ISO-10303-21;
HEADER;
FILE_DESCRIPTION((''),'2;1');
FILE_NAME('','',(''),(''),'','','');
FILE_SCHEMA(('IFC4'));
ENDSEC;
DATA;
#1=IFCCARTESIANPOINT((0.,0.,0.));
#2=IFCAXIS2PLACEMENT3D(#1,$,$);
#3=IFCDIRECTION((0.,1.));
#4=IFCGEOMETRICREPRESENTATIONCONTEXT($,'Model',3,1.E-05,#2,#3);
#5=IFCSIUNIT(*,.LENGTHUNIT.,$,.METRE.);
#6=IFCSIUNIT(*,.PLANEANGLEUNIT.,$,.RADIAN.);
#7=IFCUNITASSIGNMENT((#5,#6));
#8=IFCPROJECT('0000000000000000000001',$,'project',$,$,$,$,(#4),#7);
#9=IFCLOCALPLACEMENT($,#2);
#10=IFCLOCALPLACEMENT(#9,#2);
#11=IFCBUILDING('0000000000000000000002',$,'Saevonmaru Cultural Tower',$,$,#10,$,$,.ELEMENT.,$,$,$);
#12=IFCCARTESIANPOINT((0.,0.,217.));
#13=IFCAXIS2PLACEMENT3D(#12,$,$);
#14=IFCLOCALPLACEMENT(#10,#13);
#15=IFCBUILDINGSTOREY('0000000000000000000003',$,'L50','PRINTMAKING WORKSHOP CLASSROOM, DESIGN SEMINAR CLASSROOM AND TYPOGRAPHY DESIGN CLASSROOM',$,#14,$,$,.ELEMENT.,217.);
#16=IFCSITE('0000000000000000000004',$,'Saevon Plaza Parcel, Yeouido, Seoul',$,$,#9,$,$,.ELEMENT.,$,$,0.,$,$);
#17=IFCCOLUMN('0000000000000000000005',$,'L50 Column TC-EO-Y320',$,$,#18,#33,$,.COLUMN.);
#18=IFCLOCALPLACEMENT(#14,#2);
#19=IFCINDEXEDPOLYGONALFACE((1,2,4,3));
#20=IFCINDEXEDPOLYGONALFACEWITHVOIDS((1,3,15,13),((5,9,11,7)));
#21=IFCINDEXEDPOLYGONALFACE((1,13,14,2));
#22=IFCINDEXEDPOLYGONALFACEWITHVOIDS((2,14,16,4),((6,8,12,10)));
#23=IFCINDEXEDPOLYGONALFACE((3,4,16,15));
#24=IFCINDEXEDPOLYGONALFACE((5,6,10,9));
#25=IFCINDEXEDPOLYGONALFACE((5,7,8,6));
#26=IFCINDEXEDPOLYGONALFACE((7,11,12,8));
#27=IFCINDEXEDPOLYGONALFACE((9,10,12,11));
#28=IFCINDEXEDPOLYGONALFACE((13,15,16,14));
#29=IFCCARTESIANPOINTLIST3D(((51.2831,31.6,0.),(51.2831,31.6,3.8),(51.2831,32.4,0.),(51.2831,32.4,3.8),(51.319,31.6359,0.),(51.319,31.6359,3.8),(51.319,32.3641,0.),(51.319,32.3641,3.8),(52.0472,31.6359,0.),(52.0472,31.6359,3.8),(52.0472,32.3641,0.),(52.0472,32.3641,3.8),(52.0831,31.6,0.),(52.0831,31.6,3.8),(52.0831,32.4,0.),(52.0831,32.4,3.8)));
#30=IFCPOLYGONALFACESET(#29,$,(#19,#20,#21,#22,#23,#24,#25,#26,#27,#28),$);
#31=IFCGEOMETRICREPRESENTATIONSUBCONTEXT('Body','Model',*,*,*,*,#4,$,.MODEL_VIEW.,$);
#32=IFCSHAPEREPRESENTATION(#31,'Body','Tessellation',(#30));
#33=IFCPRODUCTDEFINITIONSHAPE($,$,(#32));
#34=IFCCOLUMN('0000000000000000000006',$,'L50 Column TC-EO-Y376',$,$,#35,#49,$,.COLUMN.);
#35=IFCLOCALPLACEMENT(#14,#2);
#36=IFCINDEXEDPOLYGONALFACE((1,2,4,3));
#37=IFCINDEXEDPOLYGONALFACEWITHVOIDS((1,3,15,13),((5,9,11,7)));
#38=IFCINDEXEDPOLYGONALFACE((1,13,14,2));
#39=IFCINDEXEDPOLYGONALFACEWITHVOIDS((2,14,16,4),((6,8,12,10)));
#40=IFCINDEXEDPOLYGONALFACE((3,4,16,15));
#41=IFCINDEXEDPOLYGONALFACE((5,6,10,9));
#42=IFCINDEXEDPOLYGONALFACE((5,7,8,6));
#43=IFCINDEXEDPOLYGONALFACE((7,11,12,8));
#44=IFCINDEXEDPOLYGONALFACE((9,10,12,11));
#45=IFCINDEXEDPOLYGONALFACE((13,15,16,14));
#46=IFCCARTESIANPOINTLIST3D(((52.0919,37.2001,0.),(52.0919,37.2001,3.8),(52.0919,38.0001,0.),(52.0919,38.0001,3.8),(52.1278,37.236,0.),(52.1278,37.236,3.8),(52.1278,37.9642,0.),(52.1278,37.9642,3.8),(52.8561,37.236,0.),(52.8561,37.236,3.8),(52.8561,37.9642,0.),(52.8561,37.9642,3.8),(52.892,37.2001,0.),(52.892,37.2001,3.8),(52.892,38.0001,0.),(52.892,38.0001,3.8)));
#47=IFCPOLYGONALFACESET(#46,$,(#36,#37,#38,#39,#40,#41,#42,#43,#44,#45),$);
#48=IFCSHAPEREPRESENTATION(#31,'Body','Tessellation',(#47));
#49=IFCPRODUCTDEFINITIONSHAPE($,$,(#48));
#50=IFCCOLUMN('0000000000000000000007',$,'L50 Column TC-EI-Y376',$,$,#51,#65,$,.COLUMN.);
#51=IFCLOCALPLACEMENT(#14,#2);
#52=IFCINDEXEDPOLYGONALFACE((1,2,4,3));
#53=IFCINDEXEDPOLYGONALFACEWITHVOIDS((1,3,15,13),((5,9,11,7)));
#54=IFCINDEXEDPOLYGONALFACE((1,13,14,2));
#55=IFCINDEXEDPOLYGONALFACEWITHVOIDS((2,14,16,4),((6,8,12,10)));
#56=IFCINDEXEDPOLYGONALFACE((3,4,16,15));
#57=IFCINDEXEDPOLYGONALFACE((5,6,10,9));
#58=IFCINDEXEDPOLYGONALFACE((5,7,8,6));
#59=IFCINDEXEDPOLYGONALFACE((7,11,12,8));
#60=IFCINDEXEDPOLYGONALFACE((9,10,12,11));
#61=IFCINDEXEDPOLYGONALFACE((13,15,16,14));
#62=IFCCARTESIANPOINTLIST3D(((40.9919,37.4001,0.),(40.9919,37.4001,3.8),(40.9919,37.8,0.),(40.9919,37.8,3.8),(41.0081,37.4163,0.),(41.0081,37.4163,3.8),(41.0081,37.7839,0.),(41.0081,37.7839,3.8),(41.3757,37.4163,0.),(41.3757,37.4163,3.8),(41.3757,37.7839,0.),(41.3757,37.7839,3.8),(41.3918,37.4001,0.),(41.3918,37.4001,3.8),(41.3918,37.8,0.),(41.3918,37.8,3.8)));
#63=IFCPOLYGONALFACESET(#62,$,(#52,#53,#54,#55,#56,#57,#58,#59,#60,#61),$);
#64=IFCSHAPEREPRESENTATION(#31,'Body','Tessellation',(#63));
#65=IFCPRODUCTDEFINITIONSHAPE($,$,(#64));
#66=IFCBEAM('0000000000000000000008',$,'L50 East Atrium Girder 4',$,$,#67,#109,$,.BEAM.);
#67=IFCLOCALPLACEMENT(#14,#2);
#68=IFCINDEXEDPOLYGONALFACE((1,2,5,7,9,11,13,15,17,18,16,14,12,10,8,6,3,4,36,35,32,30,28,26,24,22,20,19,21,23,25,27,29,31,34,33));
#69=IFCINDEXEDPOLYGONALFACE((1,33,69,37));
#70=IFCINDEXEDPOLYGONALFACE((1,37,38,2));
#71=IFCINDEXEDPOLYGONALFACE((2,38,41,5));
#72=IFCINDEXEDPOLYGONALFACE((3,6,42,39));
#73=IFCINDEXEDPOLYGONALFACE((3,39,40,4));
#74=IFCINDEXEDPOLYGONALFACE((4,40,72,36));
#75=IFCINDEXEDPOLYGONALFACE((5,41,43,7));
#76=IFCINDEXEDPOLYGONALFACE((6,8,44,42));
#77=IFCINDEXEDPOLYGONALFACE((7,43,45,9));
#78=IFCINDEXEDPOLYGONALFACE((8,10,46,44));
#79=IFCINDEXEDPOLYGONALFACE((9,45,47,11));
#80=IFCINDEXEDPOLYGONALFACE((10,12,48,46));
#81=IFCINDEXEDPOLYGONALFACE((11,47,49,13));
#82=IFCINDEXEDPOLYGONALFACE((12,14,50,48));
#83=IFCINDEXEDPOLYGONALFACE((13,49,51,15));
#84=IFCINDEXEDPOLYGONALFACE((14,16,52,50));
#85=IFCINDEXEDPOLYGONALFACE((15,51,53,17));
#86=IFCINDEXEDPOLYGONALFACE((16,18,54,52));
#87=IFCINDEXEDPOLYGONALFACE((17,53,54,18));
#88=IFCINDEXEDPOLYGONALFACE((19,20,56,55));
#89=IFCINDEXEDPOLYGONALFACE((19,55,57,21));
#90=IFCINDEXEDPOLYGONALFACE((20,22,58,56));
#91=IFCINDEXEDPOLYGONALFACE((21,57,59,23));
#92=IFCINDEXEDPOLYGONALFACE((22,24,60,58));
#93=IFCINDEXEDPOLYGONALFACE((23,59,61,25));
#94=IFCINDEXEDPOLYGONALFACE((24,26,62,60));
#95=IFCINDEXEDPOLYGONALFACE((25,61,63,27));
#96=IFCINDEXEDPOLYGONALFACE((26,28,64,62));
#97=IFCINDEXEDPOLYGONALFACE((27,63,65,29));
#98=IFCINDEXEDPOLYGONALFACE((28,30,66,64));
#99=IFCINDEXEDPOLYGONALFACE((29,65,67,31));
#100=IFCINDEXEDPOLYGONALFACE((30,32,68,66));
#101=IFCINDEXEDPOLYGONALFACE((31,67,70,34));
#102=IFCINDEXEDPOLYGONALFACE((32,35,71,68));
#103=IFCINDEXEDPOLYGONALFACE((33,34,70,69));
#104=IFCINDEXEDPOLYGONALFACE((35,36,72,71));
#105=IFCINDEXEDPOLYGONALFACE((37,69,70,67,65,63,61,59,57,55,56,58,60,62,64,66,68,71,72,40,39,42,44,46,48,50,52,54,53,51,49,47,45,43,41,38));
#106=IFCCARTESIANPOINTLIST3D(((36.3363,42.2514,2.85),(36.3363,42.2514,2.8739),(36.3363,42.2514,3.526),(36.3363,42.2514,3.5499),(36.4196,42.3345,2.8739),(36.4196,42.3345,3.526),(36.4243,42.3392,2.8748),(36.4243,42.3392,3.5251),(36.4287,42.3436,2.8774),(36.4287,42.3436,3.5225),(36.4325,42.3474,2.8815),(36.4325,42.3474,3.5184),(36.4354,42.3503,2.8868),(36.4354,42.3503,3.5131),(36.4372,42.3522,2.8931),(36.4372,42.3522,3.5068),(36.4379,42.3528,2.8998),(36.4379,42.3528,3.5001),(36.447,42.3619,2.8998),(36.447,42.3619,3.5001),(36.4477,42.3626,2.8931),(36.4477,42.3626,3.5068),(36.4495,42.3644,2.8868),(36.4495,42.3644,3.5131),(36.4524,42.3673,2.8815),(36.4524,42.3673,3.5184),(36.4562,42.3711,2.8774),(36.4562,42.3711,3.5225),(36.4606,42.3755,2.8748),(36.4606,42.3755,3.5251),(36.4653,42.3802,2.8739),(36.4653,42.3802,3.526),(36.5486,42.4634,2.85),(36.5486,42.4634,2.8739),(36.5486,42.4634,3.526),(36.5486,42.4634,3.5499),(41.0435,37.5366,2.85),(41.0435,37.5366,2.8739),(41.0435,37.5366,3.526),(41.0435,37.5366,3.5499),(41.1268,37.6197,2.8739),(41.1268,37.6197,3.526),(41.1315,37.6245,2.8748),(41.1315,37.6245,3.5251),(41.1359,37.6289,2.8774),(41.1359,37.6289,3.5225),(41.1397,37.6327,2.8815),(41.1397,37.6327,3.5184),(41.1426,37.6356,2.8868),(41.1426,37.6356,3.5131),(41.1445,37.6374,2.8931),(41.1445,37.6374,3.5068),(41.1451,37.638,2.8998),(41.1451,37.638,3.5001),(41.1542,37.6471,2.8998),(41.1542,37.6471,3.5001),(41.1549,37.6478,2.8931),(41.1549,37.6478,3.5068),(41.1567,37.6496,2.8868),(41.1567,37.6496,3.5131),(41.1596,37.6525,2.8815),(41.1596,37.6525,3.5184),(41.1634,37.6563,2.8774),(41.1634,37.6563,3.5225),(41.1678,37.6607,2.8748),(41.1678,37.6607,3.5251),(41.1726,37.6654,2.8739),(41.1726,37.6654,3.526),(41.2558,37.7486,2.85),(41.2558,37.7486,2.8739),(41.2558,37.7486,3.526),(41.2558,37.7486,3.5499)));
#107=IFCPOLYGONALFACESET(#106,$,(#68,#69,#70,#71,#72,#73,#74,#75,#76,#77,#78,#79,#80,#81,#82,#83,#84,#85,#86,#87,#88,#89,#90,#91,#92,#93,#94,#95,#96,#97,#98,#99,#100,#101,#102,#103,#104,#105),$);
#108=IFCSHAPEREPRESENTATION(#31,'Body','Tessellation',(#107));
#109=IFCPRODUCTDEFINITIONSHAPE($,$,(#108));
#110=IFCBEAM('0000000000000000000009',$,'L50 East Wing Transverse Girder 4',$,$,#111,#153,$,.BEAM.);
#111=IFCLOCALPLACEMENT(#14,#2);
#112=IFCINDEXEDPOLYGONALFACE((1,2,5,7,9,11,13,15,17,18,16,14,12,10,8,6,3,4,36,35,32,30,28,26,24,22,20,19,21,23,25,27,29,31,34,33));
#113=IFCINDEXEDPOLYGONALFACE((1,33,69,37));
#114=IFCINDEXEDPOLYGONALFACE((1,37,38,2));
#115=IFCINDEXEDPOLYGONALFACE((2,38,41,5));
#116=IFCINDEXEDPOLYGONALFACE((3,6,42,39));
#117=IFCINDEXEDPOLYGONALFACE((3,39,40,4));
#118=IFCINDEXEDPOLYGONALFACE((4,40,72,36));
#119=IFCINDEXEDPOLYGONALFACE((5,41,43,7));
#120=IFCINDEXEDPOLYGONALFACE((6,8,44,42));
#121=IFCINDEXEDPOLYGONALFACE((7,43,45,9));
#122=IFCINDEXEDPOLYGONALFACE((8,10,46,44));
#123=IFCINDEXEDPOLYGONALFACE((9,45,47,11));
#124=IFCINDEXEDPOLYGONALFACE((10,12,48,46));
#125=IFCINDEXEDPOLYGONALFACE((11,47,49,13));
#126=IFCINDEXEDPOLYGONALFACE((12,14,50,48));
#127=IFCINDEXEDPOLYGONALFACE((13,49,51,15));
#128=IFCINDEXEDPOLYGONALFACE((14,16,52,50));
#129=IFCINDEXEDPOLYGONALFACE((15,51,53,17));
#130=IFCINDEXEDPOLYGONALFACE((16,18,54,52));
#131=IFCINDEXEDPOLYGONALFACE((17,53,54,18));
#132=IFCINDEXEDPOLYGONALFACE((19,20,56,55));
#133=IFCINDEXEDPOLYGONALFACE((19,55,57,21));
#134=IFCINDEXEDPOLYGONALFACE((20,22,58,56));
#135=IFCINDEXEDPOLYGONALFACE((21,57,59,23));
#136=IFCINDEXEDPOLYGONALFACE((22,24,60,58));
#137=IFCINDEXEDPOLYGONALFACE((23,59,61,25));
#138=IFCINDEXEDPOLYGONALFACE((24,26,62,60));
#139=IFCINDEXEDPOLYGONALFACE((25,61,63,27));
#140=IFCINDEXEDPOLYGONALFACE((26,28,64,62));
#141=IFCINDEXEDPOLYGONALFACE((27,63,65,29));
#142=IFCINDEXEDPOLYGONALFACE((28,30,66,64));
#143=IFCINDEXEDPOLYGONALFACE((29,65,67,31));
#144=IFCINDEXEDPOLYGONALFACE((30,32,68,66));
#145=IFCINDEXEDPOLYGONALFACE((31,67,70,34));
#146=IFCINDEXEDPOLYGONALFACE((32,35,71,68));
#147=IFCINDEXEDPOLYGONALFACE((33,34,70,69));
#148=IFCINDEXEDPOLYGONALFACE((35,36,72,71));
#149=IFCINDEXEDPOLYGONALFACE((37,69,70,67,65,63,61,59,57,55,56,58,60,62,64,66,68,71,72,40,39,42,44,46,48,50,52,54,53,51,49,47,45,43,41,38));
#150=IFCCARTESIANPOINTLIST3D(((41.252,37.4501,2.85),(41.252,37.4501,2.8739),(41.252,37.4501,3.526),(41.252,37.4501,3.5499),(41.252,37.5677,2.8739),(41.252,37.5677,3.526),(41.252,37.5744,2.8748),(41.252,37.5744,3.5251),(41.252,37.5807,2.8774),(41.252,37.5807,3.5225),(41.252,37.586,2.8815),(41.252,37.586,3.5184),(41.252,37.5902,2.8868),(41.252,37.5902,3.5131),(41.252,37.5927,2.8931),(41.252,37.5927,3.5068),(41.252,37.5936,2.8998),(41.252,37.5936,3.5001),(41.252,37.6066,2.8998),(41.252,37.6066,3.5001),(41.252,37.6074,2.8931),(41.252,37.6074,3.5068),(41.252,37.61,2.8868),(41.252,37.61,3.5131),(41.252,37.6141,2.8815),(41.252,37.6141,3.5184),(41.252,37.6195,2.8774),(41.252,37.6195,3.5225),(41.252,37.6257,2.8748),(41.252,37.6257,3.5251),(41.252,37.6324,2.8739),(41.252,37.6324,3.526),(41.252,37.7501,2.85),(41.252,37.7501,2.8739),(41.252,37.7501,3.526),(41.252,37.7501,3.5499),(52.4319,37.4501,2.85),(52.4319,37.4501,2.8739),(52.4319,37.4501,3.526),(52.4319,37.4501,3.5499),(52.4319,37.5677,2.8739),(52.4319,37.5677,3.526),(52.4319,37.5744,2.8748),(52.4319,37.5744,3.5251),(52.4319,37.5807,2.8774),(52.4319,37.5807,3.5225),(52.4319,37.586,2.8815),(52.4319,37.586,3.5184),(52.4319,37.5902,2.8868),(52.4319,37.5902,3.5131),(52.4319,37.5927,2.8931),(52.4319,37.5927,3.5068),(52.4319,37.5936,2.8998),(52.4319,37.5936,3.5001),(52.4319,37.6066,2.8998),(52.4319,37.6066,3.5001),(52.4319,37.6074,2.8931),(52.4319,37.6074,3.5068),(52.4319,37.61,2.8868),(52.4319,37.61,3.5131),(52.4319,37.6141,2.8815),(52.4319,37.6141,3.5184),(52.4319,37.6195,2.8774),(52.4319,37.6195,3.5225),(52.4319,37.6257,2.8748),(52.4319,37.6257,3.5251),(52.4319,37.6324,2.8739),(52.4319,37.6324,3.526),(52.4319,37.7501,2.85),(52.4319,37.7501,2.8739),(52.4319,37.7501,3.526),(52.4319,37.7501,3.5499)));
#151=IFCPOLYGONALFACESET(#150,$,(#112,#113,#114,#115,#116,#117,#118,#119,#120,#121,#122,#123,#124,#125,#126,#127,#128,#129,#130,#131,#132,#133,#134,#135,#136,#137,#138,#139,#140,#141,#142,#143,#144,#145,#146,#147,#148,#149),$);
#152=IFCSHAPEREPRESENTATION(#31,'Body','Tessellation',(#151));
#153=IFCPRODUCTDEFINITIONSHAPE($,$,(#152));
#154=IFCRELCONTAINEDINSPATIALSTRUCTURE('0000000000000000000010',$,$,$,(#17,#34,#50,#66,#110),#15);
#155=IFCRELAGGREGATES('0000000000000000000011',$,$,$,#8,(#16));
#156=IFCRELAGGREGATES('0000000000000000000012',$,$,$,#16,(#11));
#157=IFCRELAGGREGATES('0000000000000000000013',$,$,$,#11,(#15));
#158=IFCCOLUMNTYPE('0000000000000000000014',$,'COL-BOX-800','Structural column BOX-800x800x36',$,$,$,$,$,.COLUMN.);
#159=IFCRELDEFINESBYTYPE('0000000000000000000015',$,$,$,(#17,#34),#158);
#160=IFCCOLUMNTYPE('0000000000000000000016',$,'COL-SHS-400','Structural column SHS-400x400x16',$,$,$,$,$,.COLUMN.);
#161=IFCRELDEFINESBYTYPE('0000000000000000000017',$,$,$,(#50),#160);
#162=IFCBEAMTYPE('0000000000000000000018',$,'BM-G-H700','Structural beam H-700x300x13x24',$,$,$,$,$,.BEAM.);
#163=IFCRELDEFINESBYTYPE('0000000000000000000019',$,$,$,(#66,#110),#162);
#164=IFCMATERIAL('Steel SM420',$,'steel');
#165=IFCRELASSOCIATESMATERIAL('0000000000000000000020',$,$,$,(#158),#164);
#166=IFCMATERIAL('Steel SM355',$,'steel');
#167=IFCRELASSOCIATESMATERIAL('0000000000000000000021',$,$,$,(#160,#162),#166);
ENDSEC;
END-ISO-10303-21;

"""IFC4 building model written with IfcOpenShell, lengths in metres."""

from ifc_helpers import new_model, si_unit, direction, frame, origin, origin_2d, place, context, subcontext, project, spatial, hollow_rectangle, i_section, extrude, material, material_profile, profile_set, type_object, element, save


model = new_model("IFC4")

# Units and contexts
model_context = context("Model", 3, precision=1e-05, world=origin(), true_north=direction((0.0, 1.0)))
body_context = subcontext(model_context, "Body", "Model", "MODEL_VIEW")
ifc_project = project(units=[si_unit("LENGTHUNIT", "METRE"), si_unit("PLANEANGLEUNIT", "RADIAN")], contexts=[model_context])

# Site, building, storey
site_placement = place(None, origin())
site = spatial("IfcSite", under=ifc_project, at=site_placement, Name="Saevon Plaza Parcel, Yeouido, Seoul", CompositionType="ELEMENT", RefElevation=0.0)
building_placement = place(site_placement, origin())
building = spatial("IfcBuilding", under=site, at=building_placement, Name="Saevonmaru Cultural Tower", CompositionType="ELEMENT")
storey_placement = place(building_placement, frame((0.0, 0.0, 217.0)))
storey = spatial("IfcBuildingStorey", under=building, at=storey_placement, Name="L50", Description="PRINTMAKING WORKSHOP CLASSROOM, DESIGN SEMINAR CLASSROOM AND TYPOGRAPHY DESIGN CLASSROOM", CompositionType="ELEMENT", Elevation=217.0)

# Columns
ifc_material_1 = material(Name="Steel SM420", Category="steel")
ifc_material_profile_1 = material_profile(ifc_material_1, hollow_rectangle(XDim=0.8, YDim=0.8, WallThickness=0.0359, at=origin_2d()), Name="BOX-800x800x36")
ifc_profile_set_1 = profile_set([ifc_material_profile_1], Name="Steel SM420")
column_type_1 = type_object("IfcColumnType", Name="COL-BOX-800", Description="Structural column BOX-800x800x36", PredefinedType="COLUMN", material=ifc_profile_set_1)
for number, where, z_axis, x_axis, name in (
    (1, (51.6831, 32.0, 0.0), (0.0, 0.0, 1.0), (1.0, 0.0, 0.0), "L50 Column TC-EO-Y320"),
    (2, (52.4919, 37.6001, 0.0), (0.0, 0.0, 1.0), (1.0, 0.0, 0.0), "L50 Column TC-EO-Y376"),
):
    element("IfcColumn", number, at=place(storey_placement, frame(where, z_axis=z_axis, x_axis=x_axis)), inside=storey, type_object=column_type_1, Name=name, PredefinedType="COLUMN", context=body_context, shape_type="SweptSolid", body=[
        extrude(hollow_rectangle(XDim=0.8, YDim=0.8, WallThickness=0.0359, at=origin_2d()), origin(), (0.0, 0.0, 1.0), 3.8),
    ])
ifc_material_2 = material(Name="Steel SM355", Category="steel")
ifc_material_profile_2 = material_profile(ifc_material_2, hollow_rectangle(XDim=0.3999, YDim=0.3999, WallThickness=0.0161, at=origin_2d()), Name="SHS-400x400x16")
ifc_profile_set_2 = profile_set([ifc_material_profile_2], Name="Steel SM355")
column_type_2 = type_object("IfcColumnType", Name="COL-SHS-400", Description="Structural column SHS-400x400x16", PredefinedType="COLUMN", material=ifc_profile_set_2)
column_placement = place(storey_placement, frame((41.1919, 37.6001, 0.0), z_axis=(0.0, 0.0, 1.0), x_axis=(1.0, 0.0, 0.0)))
element("IfcColumn", 3, at=column_placement, inside=storey, type_object=column_type_2, Name="L50 Column TC-EI-Y376", PredefinedType="COLUMN", context=body_context, shape_type="SweptSolid", body=[
    extrude(hollow_rectangle(XDim=0.3999, YDim=0.3999, WallThickness=0.0161, at=origin_2d()), origin(), (0.0, 0.0, 1.0), 3.8),
])

# Beams
ifc_material_profile_3 = material_profile(ifc_material_2, i_section(OverallWidth=0.3, OverallDepth=0.7, WebThickness=0.0129, FlangeThickness=0.0239, FilletRadius=0.0259, at=origin_2d()), Name="H-700x300x13x24")
ifc_profile_set_3 = profile_set([ifc_material_profile_3], Name="Steel SM355")
beam_type_1 = type_object("IfcBeamType", Name="BM-G-H700", Description="Structural beam H-700x300x13x24", PredefinedType="BEAM", material=ifc_profile_set_3)
beam_1_placement = place(storey_placement, frame((41.1497, 37.6426, 3.2), z_axis=(-0.706539, 0.707675, 0.0), x_axis=(-0.707675, -0.706539, 0.0)))
element("IfcBeam", 4, at=beam_1_placement, inside=storey, type_object=beam_type_1, Name="L50 East Atrium Girder 4", PredefinedType="BEAM", context=body_context, shape_type="SweptSolid", body=[
    extrude(i_section(OverallWidth=0.3, OverallDepth=0.7, WebThickness=0.0129, FlangeThickness=0.0239, FilletRadius=0.0259, at=origin_2d()), origin(), (0.0, 0.0, 1.0), 6.6624),
])
beam_2_placement = place(storey_placement, frame((41.252, 37.6001, 3.2), z_axis=(1.0, 0.0, 0.0), x_axis=(0.0, 1.0, 0.0)))
element("IfcBeam", 5, at=beam_2_placement, inside=storey, type_object=beam_type_1, Name="L50 East Wing Transverse Girder 4", PredefinedType="BEAM", context=body_context, shape_type="SweptSolid", body=[
    extrude(i_section(OverallWidth=0.3, OverallDepth=0.7, WebThickness=0.0129, FlangeThickness=0.0239, FilletRadius=0.0259, at=origin_2d()), origin(), (0.0, 0.0, 1.0), 11.1799),
])

save(model, "model.ifc")
